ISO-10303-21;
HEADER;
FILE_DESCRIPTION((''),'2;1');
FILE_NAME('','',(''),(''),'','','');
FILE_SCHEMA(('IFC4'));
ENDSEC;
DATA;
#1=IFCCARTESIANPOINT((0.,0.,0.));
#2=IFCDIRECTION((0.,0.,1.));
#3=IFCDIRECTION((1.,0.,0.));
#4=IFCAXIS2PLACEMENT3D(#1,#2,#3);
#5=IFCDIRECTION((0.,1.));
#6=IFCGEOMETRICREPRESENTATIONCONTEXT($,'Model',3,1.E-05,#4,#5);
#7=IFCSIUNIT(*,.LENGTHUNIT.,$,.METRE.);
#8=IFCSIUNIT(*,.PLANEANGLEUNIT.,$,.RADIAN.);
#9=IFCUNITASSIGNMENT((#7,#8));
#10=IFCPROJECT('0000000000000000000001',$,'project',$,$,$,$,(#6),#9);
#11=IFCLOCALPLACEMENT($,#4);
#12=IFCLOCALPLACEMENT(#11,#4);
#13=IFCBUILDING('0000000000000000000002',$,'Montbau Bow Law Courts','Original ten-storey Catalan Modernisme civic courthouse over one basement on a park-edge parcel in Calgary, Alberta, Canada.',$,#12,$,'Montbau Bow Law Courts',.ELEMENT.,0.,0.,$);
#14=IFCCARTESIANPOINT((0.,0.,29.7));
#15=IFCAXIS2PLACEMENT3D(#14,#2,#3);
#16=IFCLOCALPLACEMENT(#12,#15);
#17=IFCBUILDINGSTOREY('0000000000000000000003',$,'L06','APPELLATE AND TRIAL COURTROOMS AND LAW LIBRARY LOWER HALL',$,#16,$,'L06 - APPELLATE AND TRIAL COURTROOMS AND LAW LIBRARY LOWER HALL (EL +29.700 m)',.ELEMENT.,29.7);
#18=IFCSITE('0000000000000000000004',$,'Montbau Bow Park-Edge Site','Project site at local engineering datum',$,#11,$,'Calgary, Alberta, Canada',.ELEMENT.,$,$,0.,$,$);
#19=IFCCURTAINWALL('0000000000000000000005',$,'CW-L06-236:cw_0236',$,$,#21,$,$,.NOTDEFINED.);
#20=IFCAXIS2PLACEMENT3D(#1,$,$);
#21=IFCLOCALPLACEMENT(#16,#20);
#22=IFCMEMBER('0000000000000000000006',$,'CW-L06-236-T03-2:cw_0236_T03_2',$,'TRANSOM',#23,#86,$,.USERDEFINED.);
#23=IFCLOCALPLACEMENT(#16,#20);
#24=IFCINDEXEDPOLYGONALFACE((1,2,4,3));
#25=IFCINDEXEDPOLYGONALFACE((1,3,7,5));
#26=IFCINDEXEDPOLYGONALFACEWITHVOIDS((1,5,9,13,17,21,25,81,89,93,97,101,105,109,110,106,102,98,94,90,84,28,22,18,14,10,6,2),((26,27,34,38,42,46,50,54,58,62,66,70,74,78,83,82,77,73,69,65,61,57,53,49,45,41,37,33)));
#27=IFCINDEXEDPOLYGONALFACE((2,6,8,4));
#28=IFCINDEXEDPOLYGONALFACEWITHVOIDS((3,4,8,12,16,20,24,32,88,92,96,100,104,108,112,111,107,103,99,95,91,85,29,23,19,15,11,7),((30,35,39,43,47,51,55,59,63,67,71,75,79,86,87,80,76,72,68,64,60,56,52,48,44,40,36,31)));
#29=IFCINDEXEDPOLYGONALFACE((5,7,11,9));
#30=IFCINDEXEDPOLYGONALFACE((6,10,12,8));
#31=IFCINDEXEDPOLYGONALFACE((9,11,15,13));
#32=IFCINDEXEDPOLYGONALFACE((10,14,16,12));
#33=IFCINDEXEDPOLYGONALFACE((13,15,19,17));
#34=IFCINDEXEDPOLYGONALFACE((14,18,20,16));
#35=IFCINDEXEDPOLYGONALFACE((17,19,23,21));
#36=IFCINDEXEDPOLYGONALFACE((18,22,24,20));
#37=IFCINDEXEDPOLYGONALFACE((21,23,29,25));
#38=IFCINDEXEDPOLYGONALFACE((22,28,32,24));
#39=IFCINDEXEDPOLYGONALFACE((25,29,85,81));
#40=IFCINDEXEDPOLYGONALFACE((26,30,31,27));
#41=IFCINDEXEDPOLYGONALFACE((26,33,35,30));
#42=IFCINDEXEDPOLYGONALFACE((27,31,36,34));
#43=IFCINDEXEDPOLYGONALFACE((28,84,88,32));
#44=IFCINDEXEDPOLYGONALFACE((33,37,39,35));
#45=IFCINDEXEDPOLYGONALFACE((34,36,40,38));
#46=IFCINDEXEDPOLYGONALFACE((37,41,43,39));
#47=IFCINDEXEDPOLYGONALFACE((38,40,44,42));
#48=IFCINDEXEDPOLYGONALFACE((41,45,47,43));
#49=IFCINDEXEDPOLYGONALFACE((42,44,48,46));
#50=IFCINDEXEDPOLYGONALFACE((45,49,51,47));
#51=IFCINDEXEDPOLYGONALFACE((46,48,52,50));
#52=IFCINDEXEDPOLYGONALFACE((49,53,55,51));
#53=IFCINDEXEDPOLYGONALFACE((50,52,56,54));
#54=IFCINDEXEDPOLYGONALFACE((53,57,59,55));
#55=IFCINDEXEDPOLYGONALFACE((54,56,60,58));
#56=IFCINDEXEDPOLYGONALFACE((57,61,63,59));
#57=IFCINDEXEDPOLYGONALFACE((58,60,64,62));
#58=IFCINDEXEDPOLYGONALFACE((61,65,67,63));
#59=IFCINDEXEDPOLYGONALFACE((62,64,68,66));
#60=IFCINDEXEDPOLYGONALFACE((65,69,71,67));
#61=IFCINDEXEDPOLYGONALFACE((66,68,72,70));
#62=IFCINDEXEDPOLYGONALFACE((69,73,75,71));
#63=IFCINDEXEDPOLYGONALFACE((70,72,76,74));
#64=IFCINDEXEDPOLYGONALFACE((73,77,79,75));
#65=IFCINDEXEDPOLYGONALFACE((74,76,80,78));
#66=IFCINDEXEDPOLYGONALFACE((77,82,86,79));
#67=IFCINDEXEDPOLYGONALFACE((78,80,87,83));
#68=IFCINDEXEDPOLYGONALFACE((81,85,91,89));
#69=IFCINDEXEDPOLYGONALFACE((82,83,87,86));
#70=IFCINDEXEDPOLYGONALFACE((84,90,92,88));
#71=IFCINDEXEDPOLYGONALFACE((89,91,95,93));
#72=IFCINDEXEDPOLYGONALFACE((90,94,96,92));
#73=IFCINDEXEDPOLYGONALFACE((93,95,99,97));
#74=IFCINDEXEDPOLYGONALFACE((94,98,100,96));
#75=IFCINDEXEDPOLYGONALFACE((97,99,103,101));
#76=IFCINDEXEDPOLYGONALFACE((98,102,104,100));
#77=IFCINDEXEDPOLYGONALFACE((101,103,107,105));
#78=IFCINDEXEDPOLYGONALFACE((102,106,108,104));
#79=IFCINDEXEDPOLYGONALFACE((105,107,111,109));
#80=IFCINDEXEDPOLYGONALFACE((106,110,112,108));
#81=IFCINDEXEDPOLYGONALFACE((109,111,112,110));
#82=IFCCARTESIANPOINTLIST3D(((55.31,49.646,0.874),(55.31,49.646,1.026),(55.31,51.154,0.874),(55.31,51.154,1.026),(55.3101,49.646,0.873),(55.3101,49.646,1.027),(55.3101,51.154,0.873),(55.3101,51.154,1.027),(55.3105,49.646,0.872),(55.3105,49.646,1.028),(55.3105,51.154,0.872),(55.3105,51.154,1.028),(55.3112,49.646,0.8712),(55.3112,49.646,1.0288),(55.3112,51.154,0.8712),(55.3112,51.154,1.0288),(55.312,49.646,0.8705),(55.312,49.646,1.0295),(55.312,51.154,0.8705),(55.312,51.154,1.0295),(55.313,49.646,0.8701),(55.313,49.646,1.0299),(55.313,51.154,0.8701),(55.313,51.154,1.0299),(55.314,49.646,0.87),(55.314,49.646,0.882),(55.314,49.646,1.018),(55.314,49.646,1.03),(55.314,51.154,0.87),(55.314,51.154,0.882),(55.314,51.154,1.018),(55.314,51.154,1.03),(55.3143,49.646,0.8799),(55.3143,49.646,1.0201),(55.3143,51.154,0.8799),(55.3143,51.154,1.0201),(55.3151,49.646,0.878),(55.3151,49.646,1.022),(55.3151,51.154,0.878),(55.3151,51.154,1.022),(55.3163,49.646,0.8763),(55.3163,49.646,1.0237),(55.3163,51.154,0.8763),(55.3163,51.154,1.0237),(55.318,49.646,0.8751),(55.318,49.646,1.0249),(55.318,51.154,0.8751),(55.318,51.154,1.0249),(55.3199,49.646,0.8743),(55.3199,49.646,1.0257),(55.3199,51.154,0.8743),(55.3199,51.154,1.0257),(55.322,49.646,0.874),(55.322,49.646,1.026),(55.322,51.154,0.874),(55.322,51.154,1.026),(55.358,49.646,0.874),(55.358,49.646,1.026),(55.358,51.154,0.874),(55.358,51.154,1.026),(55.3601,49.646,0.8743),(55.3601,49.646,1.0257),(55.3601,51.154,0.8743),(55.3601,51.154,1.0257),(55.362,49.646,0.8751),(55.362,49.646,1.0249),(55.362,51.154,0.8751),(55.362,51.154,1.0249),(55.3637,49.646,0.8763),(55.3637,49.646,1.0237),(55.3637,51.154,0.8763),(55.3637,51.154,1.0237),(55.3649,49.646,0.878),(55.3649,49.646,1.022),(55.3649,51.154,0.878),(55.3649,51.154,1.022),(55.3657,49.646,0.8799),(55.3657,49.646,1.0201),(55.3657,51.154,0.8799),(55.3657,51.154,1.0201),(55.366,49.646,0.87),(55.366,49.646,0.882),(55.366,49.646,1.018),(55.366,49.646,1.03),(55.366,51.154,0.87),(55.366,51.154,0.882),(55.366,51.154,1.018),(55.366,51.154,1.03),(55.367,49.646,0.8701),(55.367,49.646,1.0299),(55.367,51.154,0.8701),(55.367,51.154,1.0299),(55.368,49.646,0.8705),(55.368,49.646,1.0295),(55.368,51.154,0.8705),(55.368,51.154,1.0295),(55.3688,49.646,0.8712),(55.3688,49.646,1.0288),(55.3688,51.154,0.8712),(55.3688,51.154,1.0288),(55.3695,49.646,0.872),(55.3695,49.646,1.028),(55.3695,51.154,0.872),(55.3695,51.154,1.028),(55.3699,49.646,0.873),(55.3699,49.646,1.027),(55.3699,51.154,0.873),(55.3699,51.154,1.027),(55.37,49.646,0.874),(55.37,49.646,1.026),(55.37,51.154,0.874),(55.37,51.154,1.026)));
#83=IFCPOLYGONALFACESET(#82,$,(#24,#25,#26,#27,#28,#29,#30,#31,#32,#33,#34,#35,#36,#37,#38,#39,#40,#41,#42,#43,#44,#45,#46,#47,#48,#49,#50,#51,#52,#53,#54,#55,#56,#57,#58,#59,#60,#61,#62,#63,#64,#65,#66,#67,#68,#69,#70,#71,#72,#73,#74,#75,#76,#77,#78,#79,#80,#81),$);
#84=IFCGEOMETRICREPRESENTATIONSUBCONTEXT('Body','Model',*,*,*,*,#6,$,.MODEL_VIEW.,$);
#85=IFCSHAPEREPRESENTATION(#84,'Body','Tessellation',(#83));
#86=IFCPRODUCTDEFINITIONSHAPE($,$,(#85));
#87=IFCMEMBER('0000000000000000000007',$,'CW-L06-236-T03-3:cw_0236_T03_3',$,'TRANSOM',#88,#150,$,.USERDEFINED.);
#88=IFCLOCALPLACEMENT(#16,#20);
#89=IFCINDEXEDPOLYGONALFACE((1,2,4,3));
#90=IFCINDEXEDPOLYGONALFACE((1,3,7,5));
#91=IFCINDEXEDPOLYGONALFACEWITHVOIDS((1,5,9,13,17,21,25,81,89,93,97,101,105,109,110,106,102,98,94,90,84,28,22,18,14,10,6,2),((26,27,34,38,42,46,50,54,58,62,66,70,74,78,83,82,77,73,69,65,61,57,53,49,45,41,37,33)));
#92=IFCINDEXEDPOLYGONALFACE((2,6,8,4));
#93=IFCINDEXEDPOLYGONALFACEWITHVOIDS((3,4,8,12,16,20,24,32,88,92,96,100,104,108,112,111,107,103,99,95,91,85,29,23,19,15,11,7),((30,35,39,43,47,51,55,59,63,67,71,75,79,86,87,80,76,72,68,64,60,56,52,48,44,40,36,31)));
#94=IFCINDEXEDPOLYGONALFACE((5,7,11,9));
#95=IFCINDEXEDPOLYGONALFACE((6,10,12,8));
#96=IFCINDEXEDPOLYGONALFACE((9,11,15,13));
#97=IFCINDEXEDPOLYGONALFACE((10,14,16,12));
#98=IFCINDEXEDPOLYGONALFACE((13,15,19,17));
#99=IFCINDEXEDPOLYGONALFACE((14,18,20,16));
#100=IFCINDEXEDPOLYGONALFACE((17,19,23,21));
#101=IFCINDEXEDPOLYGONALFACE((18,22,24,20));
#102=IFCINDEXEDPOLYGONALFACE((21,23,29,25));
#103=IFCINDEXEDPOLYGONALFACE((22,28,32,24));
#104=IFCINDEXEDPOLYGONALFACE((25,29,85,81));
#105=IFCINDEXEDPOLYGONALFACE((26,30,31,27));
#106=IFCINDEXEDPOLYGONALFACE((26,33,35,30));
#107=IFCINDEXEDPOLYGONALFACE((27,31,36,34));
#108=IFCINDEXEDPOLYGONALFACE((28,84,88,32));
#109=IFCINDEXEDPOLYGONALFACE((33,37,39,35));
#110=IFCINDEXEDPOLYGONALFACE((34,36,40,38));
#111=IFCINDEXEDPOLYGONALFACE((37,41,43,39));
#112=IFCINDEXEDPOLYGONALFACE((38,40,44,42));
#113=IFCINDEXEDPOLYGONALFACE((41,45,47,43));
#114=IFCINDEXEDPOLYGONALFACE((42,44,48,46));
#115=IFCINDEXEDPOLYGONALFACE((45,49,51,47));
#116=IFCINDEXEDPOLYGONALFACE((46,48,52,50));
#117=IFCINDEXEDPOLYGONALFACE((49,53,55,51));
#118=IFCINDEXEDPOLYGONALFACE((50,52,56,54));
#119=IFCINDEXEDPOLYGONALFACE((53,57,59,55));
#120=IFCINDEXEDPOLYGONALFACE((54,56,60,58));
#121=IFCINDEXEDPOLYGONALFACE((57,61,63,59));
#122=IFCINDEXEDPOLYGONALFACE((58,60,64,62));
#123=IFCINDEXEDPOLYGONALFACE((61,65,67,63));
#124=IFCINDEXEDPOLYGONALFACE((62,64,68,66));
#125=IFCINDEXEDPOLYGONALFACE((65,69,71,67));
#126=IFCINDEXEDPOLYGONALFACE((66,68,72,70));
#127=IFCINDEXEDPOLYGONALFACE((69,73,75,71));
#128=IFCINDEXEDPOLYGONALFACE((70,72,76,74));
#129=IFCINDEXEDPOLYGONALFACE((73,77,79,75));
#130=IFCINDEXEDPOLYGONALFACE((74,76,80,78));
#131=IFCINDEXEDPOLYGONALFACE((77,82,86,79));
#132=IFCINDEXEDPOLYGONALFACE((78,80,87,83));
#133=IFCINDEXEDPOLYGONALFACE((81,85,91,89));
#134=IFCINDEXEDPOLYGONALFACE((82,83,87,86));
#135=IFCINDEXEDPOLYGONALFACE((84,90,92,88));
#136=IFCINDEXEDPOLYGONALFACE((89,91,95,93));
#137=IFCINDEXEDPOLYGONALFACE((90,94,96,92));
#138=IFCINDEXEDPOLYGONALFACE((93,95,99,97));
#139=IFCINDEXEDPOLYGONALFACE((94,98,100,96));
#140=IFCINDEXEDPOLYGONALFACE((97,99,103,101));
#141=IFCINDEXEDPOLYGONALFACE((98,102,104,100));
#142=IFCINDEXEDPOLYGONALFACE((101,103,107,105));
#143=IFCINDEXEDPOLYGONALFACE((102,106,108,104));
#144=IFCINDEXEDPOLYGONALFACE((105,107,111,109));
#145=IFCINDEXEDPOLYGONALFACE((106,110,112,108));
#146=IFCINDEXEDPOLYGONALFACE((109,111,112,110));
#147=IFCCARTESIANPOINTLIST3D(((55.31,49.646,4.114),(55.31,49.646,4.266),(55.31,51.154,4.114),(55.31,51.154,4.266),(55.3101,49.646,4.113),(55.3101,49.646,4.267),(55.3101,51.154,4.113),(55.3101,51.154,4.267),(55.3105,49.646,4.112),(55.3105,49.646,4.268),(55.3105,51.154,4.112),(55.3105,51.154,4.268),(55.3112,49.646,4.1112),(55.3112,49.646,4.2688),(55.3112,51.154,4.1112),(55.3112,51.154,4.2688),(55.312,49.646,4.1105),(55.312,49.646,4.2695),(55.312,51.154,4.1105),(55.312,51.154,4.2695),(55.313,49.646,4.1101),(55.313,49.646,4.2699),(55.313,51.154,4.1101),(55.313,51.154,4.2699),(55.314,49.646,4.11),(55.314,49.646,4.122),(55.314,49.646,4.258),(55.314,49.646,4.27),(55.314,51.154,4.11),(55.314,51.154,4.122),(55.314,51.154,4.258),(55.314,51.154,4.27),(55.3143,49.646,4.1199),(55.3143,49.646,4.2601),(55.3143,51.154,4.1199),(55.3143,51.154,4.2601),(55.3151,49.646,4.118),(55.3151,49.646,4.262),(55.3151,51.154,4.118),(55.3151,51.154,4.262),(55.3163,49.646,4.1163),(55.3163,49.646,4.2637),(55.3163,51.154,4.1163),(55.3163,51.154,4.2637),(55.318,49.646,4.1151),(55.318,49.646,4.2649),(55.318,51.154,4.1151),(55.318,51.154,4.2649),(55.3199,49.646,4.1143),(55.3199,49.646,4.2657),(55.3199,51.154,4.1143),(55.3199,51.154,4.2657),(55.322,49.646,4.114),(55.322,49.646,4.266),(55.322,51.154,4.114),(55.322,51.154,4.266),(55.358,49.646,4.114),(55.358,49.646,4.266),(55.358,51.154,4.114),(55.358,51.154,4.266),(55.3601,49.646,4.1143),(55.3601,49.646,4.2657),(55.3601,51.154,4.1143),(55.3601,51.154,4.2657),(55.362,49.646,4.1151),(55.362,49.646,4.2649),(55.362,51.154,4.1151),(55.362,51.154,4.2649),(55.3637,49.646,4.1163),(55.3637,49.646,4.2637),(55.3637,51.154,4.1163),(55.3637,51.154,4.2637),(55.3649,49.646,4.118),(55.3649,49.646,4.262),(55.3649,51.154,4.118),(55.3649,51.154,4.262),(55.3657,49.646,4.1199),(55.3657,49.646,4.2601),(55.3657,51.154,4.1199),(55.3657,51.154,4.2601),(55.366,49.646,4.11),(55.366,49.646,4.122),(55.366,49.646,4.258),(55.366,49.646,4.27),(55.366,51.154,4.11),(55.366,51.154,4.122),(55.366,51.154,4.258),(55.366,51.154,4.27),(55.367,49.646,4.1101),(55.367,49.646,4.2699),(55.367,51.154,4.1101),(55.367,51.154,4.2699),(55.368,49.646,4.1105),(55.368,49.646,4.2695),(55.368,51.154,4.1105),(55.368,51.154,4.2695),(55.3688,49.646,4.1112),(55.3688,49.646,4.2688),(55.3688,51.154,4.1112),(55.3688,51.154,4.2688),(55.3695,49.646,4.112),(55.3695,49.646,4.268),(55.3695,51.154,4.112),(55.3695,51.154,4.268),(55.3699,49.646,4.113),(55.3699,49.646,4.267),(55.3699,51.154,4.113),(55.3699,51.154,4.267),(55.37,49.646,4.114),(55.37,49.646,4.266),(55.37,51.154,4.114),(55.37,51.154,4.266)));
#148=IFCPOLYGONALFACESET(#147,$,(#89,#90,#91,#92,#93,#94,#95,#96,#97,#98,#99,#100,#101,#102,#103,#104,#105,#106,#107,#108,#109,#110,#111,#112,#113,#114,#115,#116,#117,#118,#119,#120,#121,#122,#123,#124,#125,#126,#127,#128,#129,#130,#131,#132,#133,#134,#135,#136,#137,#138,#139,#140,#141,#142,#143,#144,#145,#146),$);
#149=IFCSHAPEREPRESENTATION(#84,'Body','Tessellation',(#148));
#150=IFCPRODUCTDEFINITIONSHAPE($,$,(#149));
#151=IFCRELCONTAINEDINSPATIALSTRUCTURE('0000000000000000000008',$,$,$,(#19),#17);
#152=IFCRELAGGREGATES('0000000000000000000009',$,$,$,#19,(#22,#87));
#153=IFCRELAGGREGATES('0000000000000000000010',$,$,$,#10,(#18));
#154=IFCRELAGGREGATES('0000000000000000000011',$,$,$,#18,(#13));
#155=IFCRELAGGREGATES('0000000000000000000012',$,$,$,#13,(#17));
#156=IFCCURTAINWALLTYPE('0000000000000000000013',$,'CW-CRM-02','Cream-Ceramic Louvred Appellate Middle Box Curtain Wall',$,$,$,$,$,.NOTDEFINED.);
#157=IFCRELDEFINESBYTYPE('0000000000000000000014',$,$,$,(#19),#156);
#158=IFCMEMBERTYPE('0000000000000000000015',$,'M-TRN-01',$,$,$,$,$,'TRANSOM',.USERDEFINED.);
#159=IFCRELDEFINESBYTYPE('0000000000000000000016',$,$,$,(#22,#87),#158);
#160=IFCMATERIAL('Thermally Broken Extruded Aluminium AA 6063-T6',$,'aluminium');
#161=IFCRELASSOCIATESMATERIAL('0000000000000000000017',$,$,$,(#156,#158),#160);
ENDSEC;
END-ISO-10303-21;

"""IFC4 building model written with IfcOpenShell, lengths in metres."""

from ifc_helpers import new_model, si_unit, direction, frame, origin_with_axes, origin_2d_with_axis, place, context, subcontext, project, spatial, hollow_rectangle, extrude, material, material_profile, profile_set, type_object, element, aggregate, save


model = new_model("IFC4")

# Units and contexts
model_context = context("Model", 3, precision=1e-05, world=origin_with_axes(), true_north=direction((0.0, 1.0)))
body_context = subcontext(model_context, "Body", "Model", "MODEL_VIEW")
ifc_project = project(units=[si_unit("LENGTHUNIT", "METRE"), si_unit("PLANEANGLEUNIT", "RADIAN")], contexts=[model_context])

# Site, building, storey
site_placement = place(None, origin_with_axes())
site = spatial("IfcSite", under=ifc_project, at=site_placement, Name="Montbau Bow Park-Edge Site", Description="Project site at local engineering datum", LongName="Calgary, Alberta, Canada", CompositionType="ELEMENT", RefElevation=0.0)
building_placement = place(site_placement, origin_with_axes())
building = spatial("IfcBuilding", under=site, at=building_placement, Name="Montbau Bow Law Courts", Description="Original ten-storey Catalan Modernisme civic courthouse over one basement on a park-edge parcel in Calgary, Alberta, Canada.", LongName="Montbau Bow Law Courts", CompositionType="ELEMENT", ElevationOfRefHeight=0.0, ElevationOfTerrain=0.0)
storey_placement = place(building_placement, frame((0.0, 0.0, 29.7), z_axis=(0.0, 0.0, 1.0), x_axis=(1.0, 0.0, 0.0)))
storey = spatial("IfcBuildingStorey", under=building, at=storey_placement, Name="L06", Description="APPELLATE AND TRIAL COURTROOMS AND LAW LIBRARY LOWER HALL", LongName="L06 - APPELLATE AND TRIAL COURTROOMS AND LAW LIBRARY LOWER HALL (EL +29.700 m)", CompositionType="ELEMENT", Elevation=29.7)

# Shared definitions
ifc_material_1 = material(Name="Thermally Broken Extruded Aluminium AA 6063-T6", Category="aluminium")
curtain_wall_type = type_object("IfcCurtainWallType", Name="CW-CRM-02", Description="Cream-Ceramic Louvred Appellate Middle Box Curtain Wall", PredefinedType="NOTDEFINED", material=ifc_material_1)

# Curtain wall, members
curtain_wall_1_placement = place(None, frame((55.34, 46.468, 29.7), z_axis=(0.0, 0.0, 1.0), x_axis=(1.0, 0.0, 0.0)))
curtain_wall_1 = element("IfcCurtainWall", 1, at=curtain_wall_1_placement, inside=storey, type_object=curtain_wall_type, Name="CW-L06-236:cw_0236", PredefinedType="NOTDEFINED")
ifc_material_profile_1 = material_profile(ifc_material_1, hollow_rectangle(XDim=0.06, YDim=0.16, WallThickness=0.004, InnerFilletRadius=0.008, OuterFilletRadius=0.004, at=origin_2d_with_axis()), Name="CWT-160X60", Category="Main", Priority=0)
ifc_profile_set_1 = profile_set([ifc_material_profile_1], Name="Thermally Broken Extruded Aluminium AA 6063-T6")
member_type_1 = type_object("IfcMemberType", Name="M-TRN-01", ElementType="TRANSOM", PredefinedType="USERDEFINED", material=ifc_profile_set_1)
member_1_placement = place(None, frame((55.34, 49.646, 30.65), z_axis=(0.0, 1.0, 0.0), x_axis=(-1.0, 0.0, 0.0)))
member_1 = element("IfcMember", 2, at=member_1_placement, type_object=member_type_1, Name="CW-L06-236-T03-2:cw_0236_T03_2", ObjectType="TRANSOM", PredefinedType="USERDEFINED", context=body_context, shape_type="SweptSolid", body=[
    extrude(hollow_rectangle(XDim=0.06, YDim=0.16, WallThickness=0.004, InnerFilletRadius=0.008, OuterFilletRadius=0.004, at=origin_2d_with_axis()), origin_with_axes(), (0.0, 0.0, 1.0), 1.508),
])
member_2_placement = place(None, frame((55.34, 49.646, 33.89), z_axis=(0.0, 1.0, 0.0), x_axis=(-1.0, 0.0, 0.0)))
member_2 = element("IfcMember", 3, at=member_2_placement, type_object=member_type_1, Name="CW-L06-236-T03-3:cw_0236_T03_3", ObjectType="TRANSOM", PredefinedType="USERDEFINED", context=body_context, shape_type="SweptSolid", body=[
    extrude(hollow_rectangle(XDim=0.06, YDim=0.16, WallThickness=0.004, InnerFilletRadius=0.008, OuterFilletRadius=0.004, at=origin_2d_with_axis()), origin_with_axes(), (0.0, 0.0, 1.0), 1.508),
])

aggregate(curtain_wall_1, [member_1, member_2])

save(model, "model.ifc")
